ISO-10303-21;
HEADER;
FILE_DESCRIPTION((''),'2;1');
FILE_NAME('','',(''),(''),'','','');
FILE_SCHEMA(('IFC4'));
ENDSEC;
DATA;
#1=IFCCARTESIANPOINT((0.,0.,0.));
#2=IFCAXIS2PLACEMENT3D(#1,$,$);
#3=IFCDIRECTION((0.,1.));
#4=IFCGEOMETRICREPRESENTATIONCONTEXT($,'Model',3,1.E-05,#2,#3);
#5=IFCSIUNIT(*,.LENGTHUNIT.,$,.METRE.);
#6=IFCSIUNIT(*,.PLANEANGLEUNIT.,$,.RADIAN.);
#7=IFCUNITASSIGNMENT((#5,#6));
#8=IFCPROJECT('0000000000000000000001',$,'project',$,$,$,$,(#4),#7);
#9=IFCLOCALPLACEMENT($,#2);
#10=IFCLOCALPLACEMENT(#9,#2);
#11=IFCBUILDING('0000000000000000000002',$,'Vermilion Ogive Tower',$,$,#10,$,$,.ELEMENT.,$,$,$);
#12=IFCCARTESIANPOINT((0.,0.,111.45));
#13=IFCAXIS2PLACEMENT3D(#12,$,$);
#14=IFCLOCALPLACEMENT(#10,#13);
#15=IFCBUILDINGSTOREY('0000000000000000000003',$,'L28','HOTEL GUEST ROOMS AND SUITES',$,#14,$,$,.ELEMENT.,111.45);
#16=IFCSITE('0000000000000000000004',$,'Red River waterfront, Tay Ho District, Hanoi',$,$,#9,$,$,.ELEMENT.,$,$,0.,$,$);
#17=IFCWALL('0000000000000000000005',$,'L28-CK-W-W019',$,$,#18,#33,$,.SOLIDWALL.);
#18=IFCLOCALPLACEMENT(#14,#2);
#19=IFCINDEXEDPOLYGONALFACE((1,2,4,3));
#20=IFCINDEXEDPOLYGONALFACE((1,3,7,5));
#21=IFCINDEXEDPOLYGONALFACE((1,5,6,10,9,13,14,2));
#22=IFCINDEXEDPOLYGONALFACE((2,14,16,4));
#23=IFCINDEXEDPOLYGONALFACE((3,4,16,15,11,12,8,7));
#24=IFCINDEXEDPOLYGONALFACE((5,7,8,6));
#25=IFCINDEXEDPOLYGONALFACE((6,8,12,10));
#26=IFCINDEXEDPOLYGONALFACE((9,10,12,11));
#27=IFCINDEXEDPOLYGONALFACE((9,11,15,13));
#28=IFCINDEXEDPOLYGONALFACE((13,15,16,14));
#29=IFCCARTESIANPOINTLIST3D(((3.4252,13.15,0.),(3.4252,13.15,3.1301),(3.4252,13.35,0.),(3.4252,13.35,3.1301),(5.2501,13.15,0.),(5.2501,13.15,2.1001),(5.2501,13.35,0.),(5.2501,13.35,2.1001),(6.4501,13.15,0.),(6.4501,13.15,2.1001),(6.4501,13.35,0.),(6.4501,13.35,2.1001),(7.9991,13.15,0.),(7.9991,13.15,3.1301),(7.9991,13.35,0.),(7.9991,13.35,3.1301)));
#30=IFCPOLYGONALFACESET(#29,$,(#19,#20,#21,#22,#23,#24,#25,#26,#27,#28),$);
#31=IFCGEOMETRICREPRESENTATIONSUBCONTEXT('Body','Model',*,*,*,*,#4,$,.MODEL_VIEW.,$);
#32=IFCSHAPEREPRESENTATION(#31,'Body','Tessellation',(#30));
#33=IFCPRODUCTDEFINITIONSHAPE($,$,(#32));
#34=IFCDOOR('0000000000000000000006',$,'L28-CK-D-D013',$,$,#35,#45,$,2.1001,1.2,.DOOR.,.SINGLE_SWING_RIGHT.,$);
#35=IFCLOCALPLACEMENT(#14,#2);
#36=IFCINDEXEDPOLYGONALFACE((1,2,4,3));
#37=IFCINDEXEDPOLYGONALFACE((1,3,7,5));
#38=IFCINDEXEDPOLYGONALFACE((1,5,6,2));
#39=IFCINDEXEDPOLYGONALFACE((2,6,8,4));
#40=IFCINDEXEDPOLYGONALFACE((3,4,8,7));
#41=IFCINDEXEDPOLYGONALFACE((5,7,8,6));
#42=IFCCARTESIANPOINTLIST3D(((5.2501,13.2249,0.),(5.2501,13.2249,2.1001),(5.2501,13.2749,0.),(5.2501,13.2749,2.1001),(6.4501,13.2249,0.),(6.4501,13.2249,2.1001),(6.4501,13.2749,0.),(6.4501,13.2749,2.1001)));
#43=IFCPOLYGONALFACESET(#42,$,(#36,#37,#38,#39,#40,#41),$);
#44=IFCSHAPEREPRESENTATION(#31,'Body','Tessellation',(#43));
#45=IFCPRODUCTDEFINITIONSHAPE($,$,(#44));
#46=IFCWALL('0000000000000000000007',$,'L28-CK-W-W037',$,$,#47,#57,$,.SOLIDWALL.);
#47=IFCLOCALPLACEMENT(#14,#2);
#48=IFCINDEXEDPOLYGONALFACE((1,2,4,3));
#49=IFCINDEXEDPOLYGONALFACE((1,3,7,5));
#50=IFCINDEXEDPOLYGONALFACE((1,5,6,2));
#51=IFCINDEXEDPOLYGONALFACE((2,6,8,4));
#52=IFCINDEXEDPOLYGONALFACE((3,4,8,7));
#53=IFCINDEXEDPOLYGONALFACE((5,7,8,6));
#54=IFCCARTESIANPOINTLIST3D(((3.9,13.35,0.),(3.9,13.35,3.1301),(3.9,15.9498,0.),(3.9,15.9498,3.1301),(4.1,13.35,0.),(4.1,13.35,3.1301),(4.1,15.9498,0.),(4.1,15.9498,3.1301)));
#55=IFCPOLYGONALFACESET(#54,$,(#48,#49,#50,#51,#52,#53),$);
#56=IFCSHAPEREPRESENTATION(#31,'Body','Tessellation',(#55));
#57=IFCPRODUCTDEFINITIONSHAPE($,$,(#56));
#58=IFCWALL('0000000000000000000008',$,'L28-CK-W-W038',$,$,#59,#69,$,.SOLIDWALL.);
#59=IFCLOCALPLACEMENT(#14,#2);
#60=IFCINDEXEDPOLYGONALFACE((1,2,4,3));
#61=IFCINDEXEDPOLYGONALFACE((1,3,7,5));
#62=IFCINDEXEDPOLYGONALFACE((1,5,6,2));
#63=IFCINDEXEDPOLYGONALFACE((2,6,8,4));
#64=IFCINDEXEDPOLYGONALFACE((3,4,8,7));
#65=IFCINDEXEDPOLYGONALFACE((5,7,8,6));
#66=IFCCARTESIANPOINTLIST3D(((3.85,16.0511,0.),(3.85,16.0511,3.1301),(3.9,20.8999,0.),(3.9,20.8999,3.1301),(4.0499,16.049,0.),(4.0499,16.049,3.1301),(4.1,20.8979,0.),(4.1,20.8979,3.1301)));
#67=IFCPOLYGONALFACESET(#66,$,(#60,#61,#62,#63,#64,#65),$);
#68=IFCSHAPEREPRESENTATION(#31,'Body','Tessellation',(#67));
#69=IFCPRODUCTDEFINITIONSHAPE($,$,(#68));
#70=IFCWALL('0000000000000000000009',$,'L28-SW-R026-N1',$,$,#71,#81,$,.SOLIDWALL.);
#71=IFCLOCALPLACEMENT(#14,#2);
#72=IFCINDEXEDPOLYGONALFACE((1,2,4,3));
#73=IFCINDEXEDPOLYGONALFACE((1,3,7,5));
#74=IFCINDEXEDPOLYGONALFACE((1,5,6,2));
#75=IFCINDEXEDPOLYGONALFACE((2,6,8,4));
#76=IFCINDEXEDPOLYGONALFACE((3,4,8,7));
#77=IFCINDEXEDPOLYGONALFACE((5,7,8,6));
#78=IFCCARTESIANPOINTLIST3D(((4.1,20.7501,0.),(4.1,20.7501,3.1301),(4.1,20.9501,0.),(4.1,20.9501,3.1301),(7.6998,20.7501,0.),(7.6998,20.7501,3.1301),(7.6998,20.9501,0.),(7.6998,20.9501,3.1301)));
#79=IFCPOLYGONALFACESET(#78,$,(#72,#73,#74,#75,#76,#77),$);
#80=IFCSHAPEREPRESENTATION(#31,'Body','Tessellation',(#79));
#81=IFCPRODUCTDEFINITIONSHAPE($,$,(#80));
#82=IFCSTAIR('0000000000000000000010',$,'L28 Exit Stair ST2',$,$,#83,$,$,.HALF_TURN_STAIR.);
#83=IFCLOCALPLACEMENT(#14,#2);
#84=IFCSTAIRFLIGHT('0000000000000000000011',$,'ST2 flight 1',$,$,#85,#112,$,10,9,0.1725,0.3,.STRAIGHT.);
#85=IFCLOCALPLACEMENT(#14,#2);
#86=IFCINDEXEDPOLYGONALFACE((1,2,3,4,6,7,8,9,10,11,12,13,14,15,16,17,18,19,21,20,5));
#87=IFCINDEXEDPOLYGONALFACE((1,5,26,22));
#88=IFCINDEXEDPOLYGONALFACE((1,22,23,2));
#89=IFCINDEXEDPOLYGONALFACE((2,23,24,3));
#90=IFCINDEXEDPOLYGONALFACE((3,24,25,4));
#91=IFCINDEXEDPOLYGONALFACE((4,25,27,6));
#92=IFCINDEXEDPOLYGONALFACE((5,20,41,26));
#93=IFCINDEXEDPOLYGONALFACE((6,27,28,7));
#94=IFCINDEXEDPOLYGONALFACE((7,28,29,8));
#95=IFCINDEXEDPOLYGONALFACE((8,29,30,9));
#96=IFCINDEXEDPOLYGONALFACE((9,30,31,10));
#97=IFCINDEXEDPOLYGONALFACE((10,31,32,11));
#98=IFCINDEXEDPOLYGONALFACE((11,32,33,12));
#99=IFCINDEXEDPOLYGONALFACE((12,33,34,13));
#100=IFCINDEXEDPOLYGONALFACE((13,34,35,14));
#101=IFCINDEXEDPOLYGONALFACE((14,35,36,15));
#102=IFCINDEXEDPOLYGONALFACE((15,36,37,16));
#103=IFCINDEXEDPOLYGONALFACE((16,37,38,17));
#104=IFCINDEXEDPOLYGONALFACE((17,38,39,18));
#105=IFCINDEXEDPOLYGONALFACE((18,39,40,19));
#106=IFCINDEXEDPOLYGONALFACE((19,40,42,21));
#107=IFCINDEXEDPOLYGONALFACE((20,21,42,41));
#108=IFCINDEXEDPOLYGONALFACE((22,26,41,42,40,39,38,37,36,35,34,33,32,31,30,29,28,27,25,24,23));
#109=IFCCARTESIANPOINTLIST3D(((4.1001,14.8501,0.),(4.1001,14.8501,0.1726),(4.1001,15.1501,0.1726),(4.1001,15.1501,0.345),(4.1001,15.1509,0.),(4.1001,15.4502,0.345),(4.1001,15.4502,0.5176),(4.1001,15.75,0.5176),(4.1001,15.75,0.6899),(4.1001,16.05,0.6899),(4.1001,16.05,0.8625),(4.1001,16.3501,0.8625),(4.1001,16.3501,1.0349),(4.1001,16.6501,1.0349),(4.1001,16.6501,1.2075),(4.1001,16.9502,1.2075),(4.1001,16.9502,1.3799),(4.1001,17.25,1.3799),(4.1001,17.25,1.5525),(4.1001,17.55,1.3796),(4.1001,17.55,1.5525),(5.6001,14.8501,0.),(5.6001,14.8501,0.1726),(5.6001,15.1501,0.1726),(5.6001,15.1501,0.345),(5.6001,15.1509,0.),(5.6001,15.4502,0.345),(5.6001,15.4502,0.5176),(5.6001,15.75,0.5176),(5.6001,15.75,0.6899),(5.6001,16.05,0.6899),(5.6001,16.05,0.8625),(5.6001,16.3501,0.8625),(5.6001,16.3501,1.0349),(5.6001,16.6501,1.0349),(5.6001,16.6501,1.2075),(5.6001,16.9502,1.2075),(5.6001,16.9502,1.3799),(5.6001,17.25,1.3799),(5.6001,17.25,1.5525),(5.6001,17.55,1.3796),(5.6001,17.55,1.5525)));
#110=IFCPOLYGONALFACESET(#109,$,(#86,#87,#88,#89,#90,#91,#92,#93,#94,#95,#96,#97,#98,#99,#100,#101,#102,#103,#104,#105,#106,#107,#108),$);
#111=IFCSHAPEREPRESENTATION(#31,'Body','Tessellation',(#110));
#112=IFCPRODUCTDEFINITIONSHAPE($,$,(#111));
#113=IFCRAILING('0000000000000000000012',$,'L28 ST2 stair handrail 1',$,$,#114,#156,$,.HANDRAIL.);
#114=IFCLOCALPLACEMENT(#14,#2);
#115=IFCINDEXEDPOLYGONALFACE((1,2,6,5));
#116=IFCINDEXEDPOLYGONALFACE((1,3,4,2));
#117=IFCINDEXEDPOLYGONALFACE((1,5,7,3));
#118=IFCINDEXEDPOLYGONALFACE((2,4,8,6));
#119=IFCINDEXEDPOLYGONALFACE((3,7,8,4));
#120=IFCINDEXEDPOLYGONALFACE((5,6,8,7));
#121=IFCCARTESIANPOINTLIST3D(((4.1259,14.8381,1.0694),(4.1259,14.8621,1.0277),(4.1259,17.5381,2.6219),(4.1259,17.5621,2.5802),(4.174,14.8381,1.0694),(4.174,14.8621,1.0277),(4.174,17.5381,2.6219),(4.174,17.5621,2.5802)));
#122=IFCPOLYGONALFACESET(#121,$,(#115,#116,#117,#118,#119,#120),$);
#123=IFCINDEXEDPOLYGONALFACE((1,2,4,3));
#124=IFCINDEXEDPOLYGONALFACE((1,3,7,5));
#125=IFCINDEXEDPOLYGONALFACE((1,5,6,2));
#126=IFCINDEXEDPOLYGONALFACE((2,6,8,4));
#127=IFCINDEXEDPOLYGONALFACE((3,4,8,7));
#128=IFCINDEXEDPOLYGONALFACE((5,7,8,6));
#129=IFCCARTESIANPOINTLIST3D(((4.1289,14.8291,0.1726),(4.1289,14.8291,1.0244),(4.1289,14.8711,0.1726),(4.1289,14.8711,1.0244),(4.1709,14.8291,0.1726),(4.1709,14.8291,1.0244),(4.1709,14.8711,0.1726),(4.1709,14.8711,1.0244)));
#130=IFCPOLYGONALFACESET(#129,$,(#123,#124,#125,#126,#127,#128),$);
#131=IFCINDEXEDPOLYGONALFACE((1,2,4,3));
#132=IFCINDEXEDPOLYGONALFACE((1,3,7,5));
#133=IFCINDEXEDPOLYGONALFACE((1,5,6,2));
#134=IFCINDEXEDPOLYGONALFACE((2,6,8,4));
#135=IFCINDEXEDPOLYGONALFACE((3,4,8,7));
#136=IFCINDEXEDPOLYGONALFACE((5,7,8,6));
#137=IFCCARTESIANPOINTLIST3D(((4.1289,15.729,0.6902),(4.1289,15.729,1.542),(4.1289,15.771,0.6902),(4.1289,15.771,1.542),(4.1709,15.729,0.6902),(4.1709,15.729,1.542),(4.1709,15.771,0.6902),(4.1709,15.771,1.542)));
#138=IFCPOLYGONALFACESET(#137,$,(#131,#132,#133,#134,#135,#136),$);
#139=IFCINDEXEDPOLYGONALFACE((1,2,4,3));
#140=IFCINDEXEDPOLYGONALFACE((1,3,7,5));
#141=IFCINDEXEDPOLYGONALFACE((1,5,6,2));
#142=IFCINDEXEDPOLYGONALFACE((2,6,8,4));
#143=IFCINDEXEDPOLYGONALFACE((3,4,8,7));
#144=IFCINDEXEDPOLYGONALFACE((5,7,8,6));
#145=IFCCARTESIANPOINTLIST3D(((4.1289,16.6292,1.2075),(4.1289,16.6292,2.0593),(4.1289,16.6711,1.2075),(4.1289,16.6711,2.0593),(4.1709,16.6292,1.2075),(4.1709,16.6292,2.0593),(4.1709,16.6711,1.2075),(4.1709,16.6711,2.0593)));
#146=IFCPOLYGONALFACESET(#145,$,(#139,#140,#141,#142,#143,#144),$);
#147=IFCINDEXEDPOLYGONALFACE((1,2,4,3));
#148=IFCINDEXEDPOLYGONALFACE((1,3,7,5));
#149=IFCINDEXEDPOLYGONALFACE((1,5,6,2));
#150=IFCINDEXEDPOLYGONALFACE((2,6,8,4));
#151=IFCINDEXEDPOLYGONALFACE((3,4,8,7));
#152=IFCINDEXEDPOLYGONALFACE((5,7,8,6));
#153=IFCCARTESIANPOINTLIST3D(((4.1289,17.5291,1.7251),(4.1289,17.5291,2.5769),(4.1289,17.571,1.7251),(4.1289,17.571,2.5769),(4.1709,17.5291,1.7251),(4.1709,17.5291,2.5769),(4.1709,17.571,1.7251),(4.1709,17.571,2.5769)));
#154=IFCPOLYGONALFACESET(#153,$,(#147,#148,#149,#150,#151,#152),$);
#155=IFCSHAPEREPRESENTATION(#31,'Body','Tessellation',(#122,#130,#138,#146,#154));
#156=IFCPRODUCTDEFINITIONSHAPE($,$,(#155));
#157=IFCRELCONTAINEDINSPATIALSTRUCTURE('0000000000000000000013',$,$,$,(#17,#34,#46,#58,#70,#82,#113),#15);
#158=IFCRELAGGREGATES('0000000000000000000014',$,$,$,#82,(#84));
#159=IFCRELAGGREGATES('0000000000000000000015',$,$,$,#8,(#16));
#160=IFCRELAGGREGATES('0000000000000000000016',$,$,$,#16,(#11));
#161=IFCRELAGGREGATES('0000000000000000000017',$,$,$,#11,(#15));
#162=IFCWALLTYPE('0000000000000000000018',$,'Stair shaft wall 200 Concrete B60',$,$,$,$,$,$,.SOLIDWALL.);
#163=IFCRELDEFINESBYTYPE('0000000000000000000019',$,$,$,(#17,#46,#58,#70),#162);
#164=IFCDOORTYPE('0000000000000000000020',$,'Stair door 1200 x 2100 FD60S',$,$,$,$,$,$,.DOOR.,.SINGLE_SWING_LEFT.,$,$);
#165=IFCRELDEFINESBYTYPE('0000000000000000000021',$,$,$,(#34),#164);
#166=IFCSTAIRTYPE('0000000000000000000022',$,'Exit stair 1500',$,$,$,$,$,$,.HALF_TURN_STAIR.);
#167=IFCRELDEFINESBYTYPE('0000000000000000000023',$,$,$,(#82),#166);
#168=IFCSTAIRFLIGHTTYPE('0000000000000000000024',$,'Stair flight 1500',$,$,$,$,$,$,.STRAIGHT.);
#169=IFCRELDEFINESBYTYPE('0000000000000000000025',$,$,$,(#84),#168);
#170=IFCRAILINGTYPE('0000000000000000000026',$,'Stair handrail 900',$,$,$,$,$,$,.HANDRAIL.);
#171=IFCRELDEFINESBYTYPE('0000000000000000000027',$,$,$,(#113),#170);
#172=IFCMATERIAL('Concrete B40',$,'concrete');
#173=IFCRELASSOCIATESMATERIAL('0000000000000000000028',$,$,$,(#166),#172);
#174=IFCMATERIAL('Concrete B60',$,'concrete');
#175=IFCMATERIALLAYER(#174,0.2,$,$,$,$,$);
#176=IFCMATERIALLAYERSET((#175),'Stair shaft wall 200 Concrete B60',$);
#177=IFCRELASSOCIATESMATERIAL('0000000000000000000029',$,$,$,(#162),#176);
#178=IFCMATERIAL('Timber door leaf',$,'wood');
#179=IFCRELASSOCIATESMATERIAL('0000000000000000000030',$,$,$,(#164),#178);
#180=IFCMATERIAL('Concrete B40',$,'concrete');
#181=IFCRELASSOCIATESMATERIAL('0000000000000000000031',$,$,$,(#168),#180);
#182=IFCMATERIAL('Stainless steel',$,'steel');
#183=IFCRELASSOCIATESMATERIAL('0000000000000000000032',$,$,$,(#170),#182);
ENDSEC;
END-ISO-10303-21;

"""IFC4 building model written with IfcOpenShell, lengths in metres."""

from ifc_helpers import new_model, si_unit, direction, frame, frame_2d, origin, origin_2d, place, context, subcontext, project, spatial, polyline, rectangle, outline, extrude, material, layer, layer_set, type_object, element, fill, aggregate, save


model = new_model("IFC4")

# Units and contexts
model_context = context("Model", 3, precision=1e-05, world=origin(), true_north=direction((0.0, 1.0)))
body_context = subcontext(model_context, "Body", "Model", "MODEL_VIEW")
ifc_project = project(units=[si_unit("LENGTHUNIT", "METRE"), si_unit("PLANEANGLEUNIT", "RADIAN")], contexts=[model_context])

# Site, building, storey
site_placement = place(None, origin())
site = spatial("IfcSite", under=ifc_project, at=site_placement, Name="Red River waterfront, Tay Ho District, Hanoi", CompositionType="ELEMENT", RefElevation=0.0)
building_placement = place(site_placement, origin())
building = spatial("IfcBuilding", under=site, at=building_placement, Name="Vermilion Ogive Tower", CompositionType="ELEMENT")
storey_placement = place(building_placement, frame((0.0, 0.0, 111.45)))
storey = spatial("IfcBuildingStorey", under=building, at=storey_placement, Name="L28", Description="HOTEL GUEST ROOMS AND SUITES", CompositionType="ELEMENT", Elevation=111.45)

# Shared definitions
ifc_material_1 = material(Name="Concrete B40", Category="concrete")
stair_type = type_object("IfcStairType", Name="Exit stair 1500", PredefinedType="HALF_TURN_STAIR", material=ifc_material_1)

# Wall, opening, door
ifc_material_2 = material(Name="Concrete B60", Category="concrete")
ifc_layer_1 = layer(ifc_material_2, 0.2)
ifc_layer_set_1 = layer_set([ifc_layer_1], Name="Stair shaft wall 200 Concrete B60")
wall_type_1 = type_object("IfcWallType", Name="Stair shaft wall 200 Concrete B60", PredefinedType="SOLIDWALL", material=ifc_layer_set_1)
wall_1_placement = place(storey_placement, frame((3.425, 13.25, 0.0), z_axis=(0.0, 0.0, 1.0), x_axis=(1.0, 0.0, 0.0)))
wall_1 = element("IfcWall", 1, at=wall_1_placement, inside=storey, type_object=wall_type_1, Name="L28-CK-W-W019", PredefinedType="SOLIDWALL", context=body_context, shape_type="SweptSolid", body=[
    extrude(rectangle(XDim=4.574, YDim=0.2, at=frame_2d((2.2871, 0.0))), origin(), (0.0, 0.0, 1.0), 3.1301),
])
opening_1_placement = place(wall_1_placement, frame((1.825, 0.0, 0.0)))
opening_1 = element("IfcOpeningElement", 2, at=opening_1_placement, cuts=wall_1, PredefinedType="OPENING", context=body_context, shape_type="SweptSolid", body=[
    extrude(rectangle(XDim=1.2, YDim=2.1001, at=frame_2d((0.6001, 1.05))), frame((0.0, 0.1099, 0.0), z_axis=(0.0, -1.0, 0.0), x_axis=(1.0, 0.0, 0.0)), (0.0, 0.0, 1.0), 0.22),
])
ifc_material_3 = material(Name="Timber door leaf", Category="wood")
door_type_1 = type_object("IfcDoorType", Name="Stair door 1200 x 2100 FD60S", OperationType="SINGLE_SWING_LEFT", PredefinedType="DOOR", material=ifc_material_3)
door_1_placement = place(opening_1_placement, origin())
door_1 = element("IfcDoor", 3, at=door_1_placement, inside=storey, type_object=door_type_1, Name="L28-CK-D-D013", OperationType="SINGLE_SWING_RIGHT", OverallHeight=2.1001, OverallWidth=1.2, PredefinedType="DOOR", context=body_context, shape_type="SweptSolid", body=[
    extrude(rectangle(XDim=1.2, YDim=2.1001, at=frame_2d((0.6001, 1.05))), frame((0.0, 0.0249, 0.0), z_axis=(0.0, -1.0, 0.0), x_axis=(1.0, 0.0, 0.0)), (0.0, 0.0, 1.0), 0.05),
])
fill(opening_1, door_1)

# Walls
wall_2_placement = place(storey_placement, frame((4.0, 13.3501, 0.0), z_axis=(0.0, 0.0, 1.0), x_axis=(0.0, 1.0, 0.0)))
element("IfcWall", 4, at=wall_2_placement, inside=storey, type_object=wall_type_1, Name="L28-CK-W-W037", PredefinedType="SOLIDWALL", context=body_context, shape_type="SweptSolid", body=[
    extrude(rectangle(XDim=2.5999, YDim=0.2, at=frame_2d((1.2998, 0.0))), origin(), (0.0, 0.0, 1.0), 3.1301),
])
wall_3_placement = place(storey_placement, frame((3.95, 16.05, 0.0), z_axis=(0.0, 0.0, 1.0), x_axis=(0.010321, 0.999947, 0.0)))
element("IfcWall", 5, at=wall_3_placement, inside=storey, type_object=wall_type_1, Name="L28-CK-W-W038", PredefinedType="SOLIDWALL", context=body_context, shape_type="SweptSolid", body=[
    extrude(rectangle(XDim=4.8491, YDim=0.2, at=frame_2d((2.4246, 0.0))), origin(), (0.0, 0.0, 1.0), 3.1301),
])
wall_4_placement = place(storey_placement, frame((4.1001, 20.8501, 0.0), z_axis=(0.0, 0.0, 1.0), x_axis=(1.0, 0.0, 0.0)))
element("IfcWall", 6, at=wall_4_placement, inside=storey, type_object=wall_type_1, Name="L28-SW-R026-N1", PredefinedType="SOLIDWALL", context=body_context, shape_type="SweptSolid", body=[
    extrude(rectangle(XDim=3.5999, YDim=0.2, at=frame_2d((1.7998, 0.0))), origin(), (0.0, 0.0, 1.0), 3.1301),
])

# Stair, stair flight
stair_1_placement = place(storey_placement, origin())
stair_1 = element("IfcStair", 7, at=stair_1_placement, inside=storey, type_object=stair_type, Name="L28 Exit Stair ST2", PredefinedType="HALF_TURN_STAIR")
ifc_material_4 = material(Name="Concrete B40", Category="concrete")
stair_flight_type = type_object("IfcStairFlightType", Name="Stair flight 1500", PredefinedType="STRAIGHT", material=ifc_material_4)
stair_flight_placement = place(storey_placement, frame((4.8501, 14.8501, 0.0), z_axis=(0.0, 0.0, 1.0), x_axis=(0.0, 1.0, 0.0)))
stair_flight = element("IfcStairFlight", 8, at=stair_flight_placement, type_object=stair_flight_type, Name="ST2 flight 1", NumberOfRisers=10, NumberOfTreads=9, PredefinedType="STRAIGHT", RiserHeight=0.1725, TreadLength=0.3, context=body_context, shape_type="SweptSolid", body=[
    extrude(outline(polyline([(0.0, 0.0), (0.0, 0.1726), (0.3, 0.1726), (0.3, 0.345), (0.6001, 0.345), (0.6001, 0.5176), (0.8999, 0.5176), (0.8999, 0.6899), (1.2, 0.6899), (1.2, 0.8625), (1.5, 0.8625), (1.5, 1.0349), (1.8, 1.0349), (1.8, 1.2075), (2.1001, 1.2075), (2.1001, 1.3799), (2.3999, 1.3799), (2.3999, 1.5525), (2.7, 1.5525), (2.7, 1.7251), (2.7, 1.3796), (0.3008, 0.0), (0.0, 0.0)])), frame((0.0, 0.75, 0.0), z_axis=(0.0, -1.0, 0.0), x_axis=(1.0, 0.0, 0.0)), (0.0, 0.0, 1.0), 1.5),
])
aggregate(stair_1, [stair_flight])

# Railing
ifc_material_5 = material(Name="Stainless steel", Category="steel")
railing_type = type_object("IfcRailingType", Name="Stair handrail 900", PredefinedType="HANDRAIL", material=ifc_material_5)
railing_placement = place(storey_placement, frame((4.1499, 14.8501, 0.1726)))
element("IfcRailing", 9, at=railing_placement, inside=storey, type_object=railing_type, Name="L28 ST2 stair handrail 1", PredefinedType="HANDRAIL", context=body_context, shape_type="SweptSolid", body=[
    extrude(rectangle(XDim=0.0481, YDim=0.0481, at=origin_2d()), frame((0.0, 0.0, 0.876), z_axis=(0.0, 0.866904, 0.498476), x_axis=(-1.0, 0.0, 0.0)), (0.0, 0.0, 1.0), 3.1145),
    extrude(rectangle(XDim=0.042, YDim=0.042, at=origin_2d()), origin(), (0.0, 0.0, 1.0), 0.8518),
    extrude(rectangle(XDim=0.042, YDim=0.042, at=origin_2d()), frame((0.0, 0.8999, 0.5176)), (0.0, 0.0, 1.0), 0.8518),
    extrude(rectangle(XDim=0.042, YDim=0.042, at=origin_2d()), frame((0.0, 1.8, 1.0349)), (0.0, 0.0, 1.0), 0.8518),
    extrude(rectangle(XDim=0.042, YDim=0.042, at=origin_2d()), frame((0.0, 2.7, 1.5525)), (0.0, 0.0, 1.0), 0.8518),
])

save(model, "model.ifc")
